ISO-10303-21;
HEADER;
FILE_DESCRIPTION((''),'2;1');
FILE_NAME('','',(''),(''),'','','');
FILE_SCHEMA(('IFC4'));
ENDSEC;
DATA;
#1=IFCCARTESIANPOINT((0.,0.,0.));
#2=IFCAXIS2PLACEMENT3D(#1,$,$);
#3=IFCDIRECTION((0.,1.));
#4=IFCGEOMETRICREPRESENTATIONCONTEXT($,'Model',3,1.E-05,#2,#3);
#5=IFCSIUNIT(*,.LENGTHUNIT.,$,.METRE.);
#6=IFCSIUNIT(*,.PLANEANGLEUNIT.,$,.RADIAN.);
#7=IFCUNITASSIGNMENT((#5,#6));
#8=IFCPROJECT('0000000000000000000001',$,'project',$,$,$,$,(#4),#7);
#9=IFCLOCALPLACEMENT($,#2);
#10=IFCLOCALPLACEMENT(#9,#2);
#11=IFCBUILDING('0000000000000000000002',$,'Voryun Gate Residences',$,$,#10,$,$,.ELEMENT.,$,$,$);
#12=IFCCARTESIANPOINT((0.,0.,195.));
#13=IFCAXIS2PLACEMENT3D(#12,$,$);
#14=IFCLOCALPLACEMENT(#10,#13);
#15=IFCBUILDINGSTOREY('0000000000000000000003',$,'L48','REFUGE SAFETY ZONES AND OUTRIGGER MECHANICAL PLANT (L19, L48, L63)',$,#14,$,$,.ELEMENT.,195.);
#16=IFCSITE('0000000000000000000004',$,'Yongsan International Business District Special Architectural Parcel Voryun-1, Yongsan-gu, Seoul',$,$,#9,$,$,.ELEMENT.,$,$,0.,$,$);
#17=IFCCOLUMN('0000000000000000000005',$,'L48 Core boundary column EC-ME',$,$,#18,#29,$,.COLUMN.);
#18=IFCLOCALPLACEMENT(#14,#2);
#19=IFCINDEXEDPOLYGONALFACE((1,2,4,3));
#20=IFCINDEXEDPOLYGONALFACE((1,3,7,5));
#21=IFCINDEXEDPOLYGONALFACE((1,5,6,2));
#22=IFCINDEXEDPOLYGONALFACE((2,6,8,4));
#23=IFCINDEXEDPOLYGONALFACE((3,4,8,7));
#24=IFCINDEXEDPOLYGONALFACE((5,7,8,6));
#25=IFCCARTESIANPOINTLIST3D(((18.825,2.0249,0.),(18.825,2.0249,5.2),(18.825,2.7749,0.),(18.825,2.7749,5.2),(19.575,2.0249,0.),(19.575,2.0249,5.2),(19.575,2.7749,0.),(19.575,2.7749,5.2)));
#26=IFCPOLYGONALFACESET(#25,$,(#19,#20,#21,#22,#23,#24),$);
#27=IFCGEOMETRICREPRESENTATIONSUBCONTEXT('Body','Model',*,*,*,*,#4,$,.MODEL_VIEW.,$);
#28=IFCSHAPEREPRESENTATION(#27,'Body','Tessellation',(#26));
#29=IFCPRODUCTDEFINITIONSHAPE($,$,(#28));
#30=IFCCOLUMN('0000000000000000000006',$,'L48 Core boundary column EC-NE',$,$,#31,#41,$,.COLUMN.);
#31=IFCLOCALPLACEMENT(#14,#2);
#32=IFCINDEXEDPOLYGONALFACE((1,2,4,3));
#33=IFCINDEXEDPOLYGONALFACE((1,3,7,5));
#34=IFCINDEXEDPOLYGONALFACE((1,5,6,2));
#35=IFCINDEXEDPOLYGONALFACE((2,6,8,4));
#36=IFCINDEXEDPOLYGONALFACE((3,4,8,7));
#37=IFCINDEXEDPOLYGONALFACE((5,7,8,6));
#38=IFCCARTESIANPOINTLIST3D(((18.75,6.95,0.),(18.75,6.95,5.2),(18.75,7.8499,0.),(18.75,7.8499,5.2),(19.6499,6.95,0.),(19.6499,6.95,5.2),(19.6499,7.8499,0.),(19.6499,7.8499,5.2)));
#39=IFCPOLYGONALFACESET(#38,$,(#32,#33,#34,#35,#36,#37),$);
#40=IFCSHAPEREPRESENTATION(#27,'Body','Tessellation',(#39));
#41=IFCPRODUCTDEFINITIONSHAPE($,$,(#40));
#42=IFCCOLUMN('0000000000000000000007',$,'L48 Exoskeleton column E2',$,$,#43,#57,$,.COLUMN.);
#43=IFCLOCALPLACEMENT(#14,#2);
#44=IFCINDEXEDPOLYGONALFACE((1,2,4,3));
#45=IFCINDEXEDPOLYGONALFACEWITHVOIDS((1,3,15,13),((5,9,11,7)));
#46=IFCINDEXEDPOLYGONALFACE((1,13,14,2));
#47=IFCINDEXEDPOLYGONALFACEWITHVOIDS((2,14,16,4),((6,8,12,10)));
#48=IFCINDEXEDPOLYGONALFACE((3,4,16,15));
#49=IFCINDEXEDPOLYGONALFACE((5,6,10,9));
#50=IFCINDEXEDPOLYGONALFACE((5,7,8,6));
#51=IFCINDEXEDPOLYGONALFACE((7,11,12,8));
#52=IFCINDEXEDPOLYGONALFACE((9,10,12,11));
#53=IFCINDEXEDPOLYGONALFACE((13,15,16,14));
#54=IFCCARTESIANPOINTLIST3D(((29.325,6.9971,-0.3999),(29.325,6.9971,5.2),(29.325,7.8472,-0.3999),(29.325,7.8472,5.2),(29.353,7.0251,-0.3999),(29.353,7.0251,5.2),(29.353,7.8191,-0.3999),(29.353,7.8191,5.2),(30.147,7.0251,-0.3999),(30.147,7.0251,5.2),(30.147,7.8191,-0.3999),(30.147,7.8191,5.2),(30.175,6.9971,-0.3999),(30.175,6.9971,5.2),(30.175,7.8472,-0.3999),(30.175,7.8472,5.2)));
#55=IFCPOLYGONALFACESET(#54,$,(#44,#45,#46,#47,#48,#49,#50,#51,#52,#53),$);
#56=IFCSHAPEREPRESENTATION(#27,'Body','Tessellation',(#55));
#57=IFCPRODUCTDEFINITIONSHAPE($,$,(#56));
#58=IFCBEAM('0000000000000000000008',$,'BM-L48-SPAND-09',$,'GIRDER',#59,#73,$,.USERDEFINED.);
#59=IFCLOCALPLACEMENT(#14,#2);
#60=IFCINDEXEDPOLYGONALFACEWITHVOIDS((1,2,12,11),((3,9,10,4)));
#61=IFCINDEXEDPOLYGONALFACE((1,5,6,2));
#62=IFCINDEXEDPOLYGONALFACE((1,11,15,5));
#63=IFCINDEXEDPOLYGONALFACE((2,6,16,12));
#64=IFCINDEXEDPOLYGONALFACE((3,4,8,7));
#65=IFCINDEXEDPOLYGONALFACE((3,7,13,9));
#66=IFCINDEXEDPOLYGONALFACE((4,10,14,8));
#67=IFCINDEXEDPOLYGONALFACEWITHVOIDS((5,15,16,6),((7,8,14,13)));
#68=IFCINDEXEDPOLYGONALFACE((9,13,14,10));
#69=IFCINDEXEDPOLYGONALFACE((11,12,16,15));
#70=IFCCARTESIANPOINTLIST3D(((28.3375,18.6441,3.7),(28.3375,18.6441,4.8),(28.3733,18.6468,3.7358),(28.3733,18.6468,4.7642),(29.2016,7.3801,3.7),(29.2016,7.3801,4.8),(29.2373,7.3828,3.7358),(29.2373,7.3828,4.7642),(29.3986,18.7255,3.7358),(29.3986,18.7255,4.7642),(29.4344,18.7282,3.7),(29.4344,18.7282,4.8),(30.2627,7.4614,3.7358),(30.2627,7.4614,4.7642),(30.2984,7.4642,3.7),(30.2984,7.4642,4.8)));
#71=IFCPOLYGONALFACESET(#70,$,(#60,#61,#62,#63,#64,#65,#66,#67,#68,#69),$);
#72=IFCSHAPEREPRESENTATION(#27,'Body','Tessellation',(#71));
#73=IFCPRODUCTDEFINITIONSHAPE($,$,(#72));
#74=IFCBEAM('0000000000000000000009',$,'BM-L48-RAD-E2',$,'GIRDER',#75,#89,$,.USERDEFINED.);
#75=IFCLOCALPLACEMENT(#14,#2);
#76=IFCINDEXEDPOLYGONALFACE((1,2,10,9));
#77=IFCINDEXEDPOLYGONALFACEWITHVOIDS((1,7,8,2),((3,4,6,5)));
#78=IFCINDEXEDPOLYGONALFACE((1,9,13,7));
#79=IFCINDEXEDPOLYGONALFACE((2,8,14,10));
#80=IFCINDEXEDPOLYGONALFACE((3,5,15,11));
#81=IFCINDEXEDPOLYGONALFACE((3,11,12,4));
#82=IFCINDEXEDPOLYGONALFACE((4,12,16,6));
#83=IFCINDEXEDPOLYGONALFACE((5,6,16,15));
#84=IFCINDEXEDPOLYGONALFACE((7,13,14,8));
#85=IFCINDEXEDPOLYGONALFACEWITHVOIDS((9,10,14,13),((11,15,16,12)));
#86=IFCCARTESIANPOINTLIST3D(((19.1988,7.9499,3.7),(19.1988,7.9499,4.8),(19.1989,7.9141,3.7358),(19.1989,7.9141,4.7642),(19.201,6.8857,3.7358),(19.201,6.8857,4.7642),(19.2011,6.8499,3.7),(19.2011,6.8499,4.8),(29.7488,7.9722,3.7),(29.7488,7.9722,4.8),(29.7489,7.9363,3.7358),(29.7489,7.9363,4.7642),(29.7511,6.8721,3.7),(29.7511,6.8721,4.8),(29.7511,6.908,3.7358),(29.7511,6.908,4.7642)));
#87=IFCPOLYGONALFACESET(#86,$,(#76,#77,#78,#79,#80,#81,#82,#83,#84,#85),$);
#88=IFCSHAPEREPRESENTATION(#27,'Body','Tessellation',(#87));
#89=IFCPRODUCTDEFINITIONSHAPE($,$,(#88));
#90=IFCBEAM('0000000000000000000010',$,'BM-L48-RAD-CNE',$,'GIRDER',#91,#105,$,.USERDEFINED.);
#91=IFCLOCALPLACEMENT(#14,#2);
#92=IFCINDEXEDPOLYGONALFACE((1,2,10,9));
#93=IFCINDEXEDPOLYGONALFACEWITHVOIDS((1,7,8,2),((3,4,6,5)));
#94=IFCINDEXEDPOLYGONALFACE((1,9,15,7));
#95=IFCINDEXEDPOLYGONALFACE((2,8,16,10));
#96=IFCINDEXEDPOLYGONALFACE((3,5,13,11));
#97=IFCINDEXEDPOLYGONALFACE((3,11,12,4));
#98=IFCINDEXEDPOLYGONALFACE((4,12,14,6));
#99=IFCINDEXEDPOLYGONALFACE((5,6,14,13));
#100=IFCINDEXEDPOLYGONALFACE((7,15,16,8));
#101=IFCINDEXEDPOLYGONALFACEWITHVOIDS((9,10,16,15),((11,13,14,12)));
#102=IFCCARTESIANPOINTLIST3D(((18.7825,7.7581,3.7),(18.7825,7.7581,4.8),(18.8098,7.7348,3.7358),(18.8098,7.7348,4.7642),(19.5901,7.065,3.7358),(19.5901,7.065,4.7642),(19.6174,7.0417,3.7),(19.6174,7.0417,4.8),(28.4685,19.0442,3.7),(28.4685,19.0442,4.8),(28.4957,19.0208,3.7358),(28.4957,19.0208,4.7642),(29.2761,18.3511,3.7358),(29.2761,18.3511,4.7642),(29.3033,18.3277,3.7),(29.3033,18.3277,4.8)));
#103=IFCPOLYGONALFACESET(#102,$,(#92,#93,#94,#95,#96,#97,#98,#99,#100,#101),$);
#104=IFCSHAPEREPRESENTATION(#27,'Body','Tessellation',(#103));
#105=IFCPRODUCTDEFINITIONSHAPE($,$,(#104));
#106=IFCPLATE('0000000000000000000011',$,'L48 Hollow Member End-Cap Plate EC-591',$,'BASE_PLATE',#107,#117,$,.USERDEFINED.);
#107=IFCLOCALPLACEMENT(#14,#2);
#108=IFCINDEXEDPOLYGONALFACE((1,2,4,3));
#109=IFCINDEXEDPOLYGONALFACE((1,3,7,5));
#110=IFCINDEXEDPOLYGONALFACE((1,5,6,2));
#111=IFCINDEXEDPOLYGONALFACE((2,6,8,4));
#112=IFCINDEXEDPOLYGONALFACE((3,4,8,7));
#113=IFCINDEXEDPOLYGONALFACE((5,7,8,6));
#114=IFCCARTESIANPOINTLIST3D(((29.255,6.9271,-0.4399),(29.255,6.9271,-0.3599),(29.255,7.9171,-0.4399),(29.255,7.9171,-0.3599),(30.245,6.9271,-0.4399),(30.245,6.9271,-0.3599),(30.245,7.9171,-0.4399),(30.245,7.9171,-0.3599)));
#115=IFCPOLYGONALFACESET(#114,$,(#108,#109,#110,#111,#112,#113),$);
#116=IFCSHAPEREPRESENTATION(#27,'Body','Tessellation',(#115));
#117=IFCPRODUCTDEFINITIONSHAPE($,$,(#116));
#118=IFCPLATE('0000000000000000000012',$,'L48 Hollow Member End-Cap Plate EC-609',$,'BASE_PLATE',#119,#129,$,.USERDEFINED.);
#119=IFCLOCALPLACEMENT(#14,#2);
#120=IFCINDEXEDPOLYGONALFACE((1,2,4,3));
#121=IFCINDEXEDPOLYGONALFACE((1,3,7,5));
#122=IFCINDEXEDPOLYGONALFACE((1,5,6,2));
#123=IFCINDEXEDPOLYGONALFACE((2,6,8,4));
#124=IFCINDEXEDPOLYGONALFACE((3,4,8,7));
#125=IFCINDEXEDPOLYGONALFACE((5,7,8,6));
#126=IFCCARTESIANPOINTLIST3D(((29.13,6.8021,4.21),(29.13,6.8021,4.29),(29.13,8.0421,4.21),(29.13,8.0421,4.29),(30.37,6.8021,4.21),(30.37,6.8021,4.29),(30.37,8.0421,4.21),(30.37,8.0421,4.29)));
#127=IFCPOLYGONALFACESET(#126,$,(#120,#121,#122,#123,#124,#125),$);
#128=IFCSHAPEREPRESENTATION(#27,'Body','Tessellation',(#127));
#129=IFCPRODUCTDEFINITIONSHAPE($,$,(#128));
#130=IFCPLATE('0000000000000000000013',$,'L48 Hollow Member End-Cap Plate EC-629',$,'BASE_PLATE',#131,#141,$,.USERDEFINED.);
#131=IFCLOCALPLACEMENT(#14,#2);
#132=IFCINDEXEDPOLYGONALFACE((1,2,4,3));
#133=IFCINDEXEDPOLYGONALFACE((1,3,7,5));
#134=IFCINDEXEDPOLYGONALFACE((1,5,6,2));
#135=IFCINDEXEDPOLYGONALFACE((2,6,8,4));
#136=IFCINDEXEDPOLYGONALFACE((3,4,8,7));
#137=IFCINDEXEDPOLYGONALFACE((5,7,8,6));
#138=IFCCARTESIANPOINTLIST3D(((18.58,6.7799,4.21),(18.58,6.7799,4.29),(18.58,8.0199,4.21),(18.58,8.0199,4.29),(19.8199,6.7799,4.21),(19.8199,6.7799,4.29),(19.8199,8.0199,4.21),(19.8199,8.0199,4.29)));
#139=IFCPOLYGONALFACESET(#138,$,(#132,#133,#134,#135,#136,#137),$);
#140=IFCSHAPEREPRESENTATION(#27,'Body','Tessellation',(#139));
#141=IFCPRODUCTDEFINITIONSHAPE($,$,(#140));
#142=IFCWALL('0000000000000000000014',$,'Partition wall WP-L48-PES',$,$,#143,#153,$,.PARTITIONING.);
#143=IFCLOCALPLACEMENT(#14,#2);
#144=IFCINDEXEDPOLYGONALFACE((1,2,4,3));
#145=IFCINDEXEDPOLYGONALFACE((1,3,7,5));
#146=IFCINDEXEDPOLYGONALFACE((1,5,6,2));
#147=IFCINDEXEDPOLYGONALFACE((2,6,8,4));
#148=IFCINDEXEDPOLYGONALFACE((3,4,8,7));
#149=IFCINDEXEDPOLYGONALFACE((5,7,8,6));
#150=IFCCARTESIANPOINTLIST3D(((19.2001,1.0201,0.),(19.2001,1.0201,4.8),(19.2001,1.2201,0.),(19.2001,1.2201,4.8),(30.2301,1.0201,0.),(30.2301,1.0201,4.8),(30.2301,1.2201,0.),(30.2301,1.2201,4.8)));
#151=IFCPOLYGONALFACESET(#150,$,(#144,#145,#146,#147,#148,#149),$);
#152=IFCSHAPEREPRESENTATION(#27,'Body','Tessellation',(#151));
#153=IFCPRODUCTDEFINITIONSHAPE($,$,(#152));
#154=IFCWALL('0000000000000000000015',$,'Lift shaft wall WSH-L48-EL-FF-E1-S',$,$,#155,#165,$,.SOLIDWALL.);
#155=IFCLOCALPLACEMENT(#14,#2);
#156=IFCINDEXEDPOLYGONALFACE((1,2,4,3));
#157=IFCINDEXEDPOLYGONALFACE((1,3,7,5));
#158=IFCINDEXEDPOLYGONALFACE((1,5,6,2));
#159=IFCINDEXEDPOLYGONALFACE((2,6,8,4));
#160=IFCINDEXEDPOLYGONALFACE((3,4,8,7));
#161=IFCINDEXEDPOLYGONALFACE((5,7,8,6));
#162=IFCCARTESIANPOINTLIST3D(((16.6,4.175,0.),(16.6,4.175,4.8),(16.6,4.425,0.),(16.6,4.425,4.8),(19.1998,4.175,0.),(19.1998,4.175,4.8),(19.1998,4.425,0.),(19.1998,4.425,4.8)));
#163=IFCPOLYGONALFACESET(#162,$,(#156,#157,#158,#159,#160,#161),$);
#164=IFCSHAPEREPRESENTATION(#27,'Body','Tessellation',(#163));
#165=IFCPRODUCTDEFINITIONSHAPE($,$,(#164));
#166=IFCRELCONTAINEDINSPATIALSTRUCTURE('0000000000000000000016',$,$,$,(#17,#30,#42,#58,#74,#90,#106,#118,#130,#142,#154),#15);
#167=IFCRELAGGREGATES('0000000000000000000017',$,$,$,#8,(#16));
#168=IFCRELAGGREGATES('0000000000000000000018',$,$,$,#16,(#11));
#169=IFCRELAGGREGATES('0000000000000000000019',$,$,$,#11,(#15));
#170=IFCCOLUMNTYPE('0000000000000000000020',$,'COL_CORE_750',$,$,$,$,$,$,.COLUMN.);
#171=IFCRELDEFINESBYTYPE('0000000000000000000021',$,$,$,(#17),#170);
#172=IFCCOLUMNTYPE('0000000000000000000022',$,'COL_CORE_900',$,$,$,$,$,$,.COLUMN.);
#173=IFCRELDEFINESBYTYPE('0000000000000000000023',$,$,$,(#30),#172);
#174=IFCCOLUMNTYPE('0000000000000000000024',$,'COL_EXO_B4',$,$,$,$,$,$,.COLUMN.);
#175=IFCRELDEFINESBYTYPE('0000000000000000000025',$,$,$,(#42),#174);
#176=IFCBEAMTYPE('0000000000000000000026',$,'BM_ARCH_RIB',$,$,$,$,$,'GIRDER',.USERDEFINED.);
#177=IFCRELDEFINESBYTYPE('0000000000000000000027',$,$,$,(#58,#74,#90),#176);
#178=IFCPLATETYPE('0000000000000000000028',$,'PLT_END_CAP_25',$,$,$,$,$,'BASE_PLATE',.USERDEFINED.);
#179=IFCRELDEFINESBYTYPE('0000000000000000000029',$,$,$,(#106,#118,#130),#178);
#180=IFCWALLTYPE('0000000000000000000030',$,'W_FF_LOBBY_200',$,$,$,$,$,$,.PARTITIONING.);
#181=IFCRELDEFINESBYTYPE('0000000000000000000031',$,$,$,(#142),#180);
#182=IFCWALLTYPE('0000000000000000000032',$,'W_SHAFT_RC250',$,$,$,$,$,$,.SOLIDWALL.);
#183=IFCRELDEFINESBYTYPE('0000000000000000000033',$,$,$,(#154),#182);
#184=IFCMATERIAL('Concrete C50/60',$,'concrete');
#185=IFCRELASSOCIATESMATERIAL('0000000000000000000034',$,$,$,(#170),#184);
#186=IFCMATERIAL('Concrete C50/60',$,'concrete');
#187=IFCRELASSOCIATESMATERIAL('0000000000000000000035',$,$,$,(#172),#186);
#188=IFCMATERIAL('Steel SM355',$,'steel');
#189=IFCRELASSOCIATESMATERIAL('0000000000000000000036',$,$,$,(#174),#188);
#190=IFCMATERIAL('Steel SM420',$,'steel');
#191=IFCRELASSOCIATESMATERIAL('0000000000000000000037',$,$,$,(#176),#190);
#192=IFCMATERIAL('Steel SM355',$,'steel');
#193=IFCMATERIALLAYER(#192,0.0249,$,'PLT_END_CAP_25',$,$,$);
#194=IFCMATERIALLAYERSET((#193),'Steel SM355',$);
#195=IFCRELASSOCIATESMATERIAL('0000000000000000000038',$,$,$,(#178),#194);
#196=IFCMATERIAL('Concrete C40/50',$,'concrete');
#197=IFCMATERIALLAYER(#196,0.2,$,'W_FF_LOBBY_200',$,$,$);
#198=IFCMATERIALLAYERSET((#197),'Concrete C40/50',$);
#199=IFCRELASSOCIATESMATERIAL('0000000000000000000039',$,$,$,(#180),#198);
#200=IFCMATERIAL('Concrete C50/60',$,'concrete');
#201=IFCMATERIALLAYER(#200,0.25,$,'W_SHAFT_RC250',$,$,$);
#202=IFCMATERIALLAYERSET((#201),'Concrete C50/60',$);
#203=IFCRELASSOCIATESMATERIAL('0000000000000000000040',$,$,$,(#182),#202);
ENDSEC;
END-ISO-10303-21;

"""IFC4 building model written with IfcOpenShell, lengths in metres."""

from ifc_helpers import new_model, si_unit, direction, frame, frame_2d, origin, origin_2d, place, context, subcontext, project, spatial, rectangle, hollow_rectangle, extrude, material, layer, layer_set, material_profile, profile_set, type_object, element, save


model = new_model("IFC4")

# Units and contexts
model_context = context("Model", 3, precision=1e-05, world=origin(), true_north=direction((0.0, 1.0)))
body_context = subcontext(model_context, "Body", "Model", "MODEL_VIEW")
ifc_project = project(units=[si_unit("LENGTHUNIT", "METRE"), si_unit("PLANEANGLEUNIT", "RADIAN")], contexts=[model_context])

# Site, building, storey
site_placement = place(None, origin())
site = spatial("IfcSite", under=ifc_project, at=site_placement, Name="Yongsan International Business District Special Architectural Parcel Voryun-1, Yongsan-gu, Seoul", CompositionType="ELEMENT", RefElevation=0.0)
building_placement = place(site_placement, origin())
building = spatial("IfcBuilding", under=site, at=building_placement, Name="Voryun Gate Residences", CompositionType="ELEMENT")
storey_placement = place(building_placement, frame((0.0, 0.0, 195.0)))
storey = spatial("IfcBuildingStorey", under=building, at=storey_placement, Name="L48", Description="REFUGE SAFETY ZONES AND OUTRIGGER MECHANICAL PLANT (L19, L48, L63)", CompositionType="ELEMENT", Elevation=195.0)

# Columns
ifc_material_1 = material(Name="Concrete C50/60", Category="concrete")
ifc_material_profile_1 = material_profile(ifc_material_1, rectangle(XDim=0.75, YDim=0.75, at=origin_2d()), Name="RC-750x750")
ifc_profile_set_1 = profile_set([ifc_material_profile_1], Name="Concrete C50/60")
column_type_1 = type_object("IfcColumnType", Name="COL_CORE_750", PredefinedType="COLUMN", material=ifc_profile_set_1)
column_1_placement = place(storey_placement, frame((19.2, 2.3999, 0.0), z_axis=(0.0, 0.0, 1.0), x_axis=(1.0, 0.0, 0.0)))
element("IfcColumn", 1, at=column_1_placement, inside=storey, type_object=column_type_1, Name="L48 Core boundary column EC-ME", PredefinedType="COLUMN", context=body_context, shape_type="SweptSolid", body=[
    extrude(rectangle(XDim=0.75, YDim=0.75, at=origin_2d()), origin(), (0.0, 0.0, 1.0), 5.2),
])
ifc_material_2 = material(Name="Concrete C50/60", Category="concrete")
ifc_material_profile_2 = material_profile(ifc_material_2, rectangle(XDim=0.8999, YDim=0.8999, at=origin_2d()), Name="RC-900x900")
ifc_profile_set_2 = profile_set([ifc_material_profile_2], Name="Concrete C50/60")
column_type_2 = type_object("IfcColumnType", Name="COL_CORE_900", PredefinedType="COLUMN", material=ifc_profile_set_2)
column_2_placement = place(storey_placement, frame((19.2, 7.3999, 0.0), z_axis=(0.0, 0.0, 1.0), x_axis=(1.0, 0.0, 0.0)))
element("IfcColumn", 2, at=column_2_placement, inside=storey, type_object=column_type_2, Name="L48 Core boundary column EC-NE", PredefinedType="COLUMN", context=body_context, shape_type="SweptSolid", body=[
    extrude(rectangle(XDim=0.8999, YDim=0.8999, at=origin_2d()), origin(), (0.0, 0.0, 1.0), 5.2),
])
ifc_material_3 = material(Name="Steel SM355", Category="steel")
ifc_material_profile_3 = material_profile(ifc_material_3, hollow_rectangle(XDim=0.8501, YDim=0.8501, WallThickness=0.0281, at=origin_2d()), Name="BOX-850x850x28")
ifc_profile_set_3 = profile_set([ifc_material_profile_3], Name="Steel SM355")
column_type_3 = type_object("IfcColumnType", Name="COL_EXO_B4", PredefinedType="COLUMN", material=ifc_profile_set_3)
column_3_placement = place(storey_placement, frame((29.75, 7.4221, -0.3999), z_axis=(0.0, 0.0, 1.0), x_axis=(1.0, 0.0, 0.0)))
element("IfcColumn", 3, at=column_3_placement, inside=storey, type_object=column_type_3, Name="L48 Exoskeleton column E2", PredefinedType="COLUMN", context=body_context, shape_type="SweptSolid", body=[
    extrude(hollow_rectangle(XDim=0.8501, YDim=0.8501, WallThickness=0.0281, at=origin_2d()), origin(), (0.0, 0.0, 1.0), 5.5999),
])

# Beams
ifc_material_4 = material(Name="Steel SM420", Category="steel")
ifc_material_profile_4 = material_profile(ifc_material_4, hollow_rectangle(XDim=1.1001, YDim=1.1001, WallThickness=0.0359, at=origin_2d()), Name="BOX-1100x1100x36")
ifc_profile_set_4 = profile_set([ifc_material_profile_4], Name="Steel SM420")
beam_type = type_object("IfcBeamType", Name="BM_ARCH_RIB", ElementType="GIRDER", PredefinedType="USERDEFINED", material=ifc_profile_set_4)
beam_1_placement = place(storey_placement, frame((29.75, 7.4221, 4.25), z_axis=(-0.076482, 0.997071, 0.0), x_axis=(-0.997071, -0.076482, 0.0)))
element("IfcBeam", 4, at=beam_1_placement, inside=storey, type_object=beam_type, Name="BM-L48-SPAND-09", ObjectType="GIRDER", PredefinedType="USERDEFINED", context=body_context, shape_type="SweptSolid", body=[
    extrude(hollow_rectangle(XDim=1.1001, YDim=1.1001, WallThickness=0.0359, at=origin_2d()), origin(), (0.0, 0.0, 1.0), 11.2971),
])
beam_2_placement = place(storey_placement, frame((19.2, 7.3999, 4.25), z_axis=(0.999998, 0.002106, 0.0), x_axis=(-0.002106, 0.999998, 0.0)))
element("IfcBeam", 5, at=beam_2_placement, inside=storey, type_object=beam_type, Name="BM-L48-RAD-E2", ObjectType="GIRDER", PredefinedType="USERDEFINED", context=body_context, shape_type="SweptSolid", body=[
    extrude(hollow_rectangle(XDim=1.1001, YDim=1.1001, WallThickness=0.0359, at=origin_2d()), origin(), (0.0, 0.0, 1.0), 10.55),
])
beam_3_placement = place(storey_placement, frame((19.2, 7.3999, 4.25), z_axis=(0.651264, 0.758851, 0.0), x_axis=(-0.758851, 0.651264, 0.0)))
element("IfcBeam", 6, at=beam_3_placement, inside=storey, type_object=beam_type, Name="BM-L48-RAD-CNE", ObjectType="GIRDER", PredefinedType="USERDEFINED", context=body_context, shape_type="SweptSolid", body=[
    extrude(hollow_rectangle(XDim=1.1001, YDim=1.1001, WallThickness=0.0359, at=origin_2d()), origin(), (0.0, 0.0, 1.0), 14.8726),
])

# Plates
ifc_material_5 = material(Name="Steel SM355", Category="steel")
ifc_layer_1 = layer(ifc_material_5, 0.0249, Name="PLT_END_CAP_25")
ifc_layer_set_1 = layer_set([ifc_layer_1], Name="Steel SM355")
plate_type = type_object("IfcPlateType", Name="PLT_END_CAP_25", ElementType="BASE_PLATE", PredefinedType="USERDEFINED", material=ifc_layer_set_1)
plate_placement = place(storey_placement, frame((29.75, 7.4221, -0.4399), z_axis=(0.0, 0.0, 1.0), x_axis=(1.0, 0.0, 0.0)))
element("IfcPlate", 7, at=plate_placement, inside=storey, type_object=plate_type, Name="L48 Hollow Member End-Cap Plate EC-591", ObjectType="BASE_PLATE", PredefinedType="USERDEFINED", context=body_context, shape_type="SweptSolid", body=[
    extrude(rectangle(XDim=0.99, YDim=0.99, at=origin_2d()), origin(), (0.0, 0.0, 1.0), 0.0801),
])
for number, where, z_axis, x_axis, name in (
    (8, (29.75, 7.4221, 4.21), (0.0, 0.0, 1.0), (1.0, 0.0, 0.0), "L48 Hollow Member End-Cap Plate EC-609"),
    (9, (19.2, 7.3999, 4.21), (0.0, 0.0, 1.0), (1.0, 0.0, 0.0), "L48 Hollow Member End-Cap Plate EC-629"),
):
    element("IfcPlate", number, at=place(storey_placement, frame(where, z_axis=z_axis, x_axis=x_axis)), inside=storey, type_object=plate_type, Name=name, ObjectType="BASE_PLATE", PredefinedType="USERDEFINED", context=body_context, shape_type="SweptSolid", body=[
        extrude(rectangle(XDim=1.24, YDim=1.24, at=origin_2d()), origin(), (0.0, 0.0, 1.0), 0.0801),
    ])

# Walls
ifc_material_6 = material(Name="Concrete C40/50", Category="concrete")
ifc_layer_2 = layer(ifc_material_6, 0.2, Name="W_FF_LOBBY_200")
ifc_layer_set_2 = layer_set([ifc_layer_2], Name="Concrete C40/50")
wall_type_1 = type_object("IfcWallType", Name="W_FF_LOBBY_200", PredefinedType="PARTITIONING", material=ifc_layer_set_2)
wall_1_placement = place(storey_placement, frame((19.2, 1.1201, 0.0), z_axis=(0.0, 0.0, 1.0), x_axis=(1.0, 0.0, 0.0)))
element("IfcWall", 10, at=wall_1_placement, inside=storey, type_object=wall_type_1, Name="Partition wall WP-L48-PES", PredefinedType="PARTITIONING", context=body_context, shape_type="SweptSolid", body=[
    extrude(rectangle(XDim=11.03, YDim=0.2, at=frame_2d((5.5151, 0.0))), origin(), (0.0, 0.0, 1.0), 4.8),
])
ifc_material_7 = material(Name="Concrete C50/60", Category="concrete")
ifc_layer_3 = layer(ifc_material_7, 0.25, Name="W_SHAFT_RC250")
ifc_layer_set_3 = layer_set([ifc_layer_3], Name="Concrete C50/60")
wall_type_2 = type_object("IfcWallType", Name="W_SHAFT_RC250", PredefinedType="SOLIDWALL", material=ifc_layer_set_3)
wall_2_placement = place(storey_placement, frame((16.6001, 4.3, 0.0), z_axis=(0.0, 0.0, 1.0), x_axis=(1.0, 0.0, 0.0)))
element("IfcWall", 11, at=wall_2_placement, inside=storey, type_object=wall_type_2, Name="Lift shaft wall WSH-L48-EL-FF-E1-S", PredefinedType="SOLIDWALL", context=body_context, shape_type="SweptSolid", body=[
    extrude(rectangle(XDim=2.5999, YDim=0.25, at=frame_2d((1.2998, 0.0))), origin(), (0.0, 0.0, 1.0), 4.8),
])

save(model, "model.ifc")
